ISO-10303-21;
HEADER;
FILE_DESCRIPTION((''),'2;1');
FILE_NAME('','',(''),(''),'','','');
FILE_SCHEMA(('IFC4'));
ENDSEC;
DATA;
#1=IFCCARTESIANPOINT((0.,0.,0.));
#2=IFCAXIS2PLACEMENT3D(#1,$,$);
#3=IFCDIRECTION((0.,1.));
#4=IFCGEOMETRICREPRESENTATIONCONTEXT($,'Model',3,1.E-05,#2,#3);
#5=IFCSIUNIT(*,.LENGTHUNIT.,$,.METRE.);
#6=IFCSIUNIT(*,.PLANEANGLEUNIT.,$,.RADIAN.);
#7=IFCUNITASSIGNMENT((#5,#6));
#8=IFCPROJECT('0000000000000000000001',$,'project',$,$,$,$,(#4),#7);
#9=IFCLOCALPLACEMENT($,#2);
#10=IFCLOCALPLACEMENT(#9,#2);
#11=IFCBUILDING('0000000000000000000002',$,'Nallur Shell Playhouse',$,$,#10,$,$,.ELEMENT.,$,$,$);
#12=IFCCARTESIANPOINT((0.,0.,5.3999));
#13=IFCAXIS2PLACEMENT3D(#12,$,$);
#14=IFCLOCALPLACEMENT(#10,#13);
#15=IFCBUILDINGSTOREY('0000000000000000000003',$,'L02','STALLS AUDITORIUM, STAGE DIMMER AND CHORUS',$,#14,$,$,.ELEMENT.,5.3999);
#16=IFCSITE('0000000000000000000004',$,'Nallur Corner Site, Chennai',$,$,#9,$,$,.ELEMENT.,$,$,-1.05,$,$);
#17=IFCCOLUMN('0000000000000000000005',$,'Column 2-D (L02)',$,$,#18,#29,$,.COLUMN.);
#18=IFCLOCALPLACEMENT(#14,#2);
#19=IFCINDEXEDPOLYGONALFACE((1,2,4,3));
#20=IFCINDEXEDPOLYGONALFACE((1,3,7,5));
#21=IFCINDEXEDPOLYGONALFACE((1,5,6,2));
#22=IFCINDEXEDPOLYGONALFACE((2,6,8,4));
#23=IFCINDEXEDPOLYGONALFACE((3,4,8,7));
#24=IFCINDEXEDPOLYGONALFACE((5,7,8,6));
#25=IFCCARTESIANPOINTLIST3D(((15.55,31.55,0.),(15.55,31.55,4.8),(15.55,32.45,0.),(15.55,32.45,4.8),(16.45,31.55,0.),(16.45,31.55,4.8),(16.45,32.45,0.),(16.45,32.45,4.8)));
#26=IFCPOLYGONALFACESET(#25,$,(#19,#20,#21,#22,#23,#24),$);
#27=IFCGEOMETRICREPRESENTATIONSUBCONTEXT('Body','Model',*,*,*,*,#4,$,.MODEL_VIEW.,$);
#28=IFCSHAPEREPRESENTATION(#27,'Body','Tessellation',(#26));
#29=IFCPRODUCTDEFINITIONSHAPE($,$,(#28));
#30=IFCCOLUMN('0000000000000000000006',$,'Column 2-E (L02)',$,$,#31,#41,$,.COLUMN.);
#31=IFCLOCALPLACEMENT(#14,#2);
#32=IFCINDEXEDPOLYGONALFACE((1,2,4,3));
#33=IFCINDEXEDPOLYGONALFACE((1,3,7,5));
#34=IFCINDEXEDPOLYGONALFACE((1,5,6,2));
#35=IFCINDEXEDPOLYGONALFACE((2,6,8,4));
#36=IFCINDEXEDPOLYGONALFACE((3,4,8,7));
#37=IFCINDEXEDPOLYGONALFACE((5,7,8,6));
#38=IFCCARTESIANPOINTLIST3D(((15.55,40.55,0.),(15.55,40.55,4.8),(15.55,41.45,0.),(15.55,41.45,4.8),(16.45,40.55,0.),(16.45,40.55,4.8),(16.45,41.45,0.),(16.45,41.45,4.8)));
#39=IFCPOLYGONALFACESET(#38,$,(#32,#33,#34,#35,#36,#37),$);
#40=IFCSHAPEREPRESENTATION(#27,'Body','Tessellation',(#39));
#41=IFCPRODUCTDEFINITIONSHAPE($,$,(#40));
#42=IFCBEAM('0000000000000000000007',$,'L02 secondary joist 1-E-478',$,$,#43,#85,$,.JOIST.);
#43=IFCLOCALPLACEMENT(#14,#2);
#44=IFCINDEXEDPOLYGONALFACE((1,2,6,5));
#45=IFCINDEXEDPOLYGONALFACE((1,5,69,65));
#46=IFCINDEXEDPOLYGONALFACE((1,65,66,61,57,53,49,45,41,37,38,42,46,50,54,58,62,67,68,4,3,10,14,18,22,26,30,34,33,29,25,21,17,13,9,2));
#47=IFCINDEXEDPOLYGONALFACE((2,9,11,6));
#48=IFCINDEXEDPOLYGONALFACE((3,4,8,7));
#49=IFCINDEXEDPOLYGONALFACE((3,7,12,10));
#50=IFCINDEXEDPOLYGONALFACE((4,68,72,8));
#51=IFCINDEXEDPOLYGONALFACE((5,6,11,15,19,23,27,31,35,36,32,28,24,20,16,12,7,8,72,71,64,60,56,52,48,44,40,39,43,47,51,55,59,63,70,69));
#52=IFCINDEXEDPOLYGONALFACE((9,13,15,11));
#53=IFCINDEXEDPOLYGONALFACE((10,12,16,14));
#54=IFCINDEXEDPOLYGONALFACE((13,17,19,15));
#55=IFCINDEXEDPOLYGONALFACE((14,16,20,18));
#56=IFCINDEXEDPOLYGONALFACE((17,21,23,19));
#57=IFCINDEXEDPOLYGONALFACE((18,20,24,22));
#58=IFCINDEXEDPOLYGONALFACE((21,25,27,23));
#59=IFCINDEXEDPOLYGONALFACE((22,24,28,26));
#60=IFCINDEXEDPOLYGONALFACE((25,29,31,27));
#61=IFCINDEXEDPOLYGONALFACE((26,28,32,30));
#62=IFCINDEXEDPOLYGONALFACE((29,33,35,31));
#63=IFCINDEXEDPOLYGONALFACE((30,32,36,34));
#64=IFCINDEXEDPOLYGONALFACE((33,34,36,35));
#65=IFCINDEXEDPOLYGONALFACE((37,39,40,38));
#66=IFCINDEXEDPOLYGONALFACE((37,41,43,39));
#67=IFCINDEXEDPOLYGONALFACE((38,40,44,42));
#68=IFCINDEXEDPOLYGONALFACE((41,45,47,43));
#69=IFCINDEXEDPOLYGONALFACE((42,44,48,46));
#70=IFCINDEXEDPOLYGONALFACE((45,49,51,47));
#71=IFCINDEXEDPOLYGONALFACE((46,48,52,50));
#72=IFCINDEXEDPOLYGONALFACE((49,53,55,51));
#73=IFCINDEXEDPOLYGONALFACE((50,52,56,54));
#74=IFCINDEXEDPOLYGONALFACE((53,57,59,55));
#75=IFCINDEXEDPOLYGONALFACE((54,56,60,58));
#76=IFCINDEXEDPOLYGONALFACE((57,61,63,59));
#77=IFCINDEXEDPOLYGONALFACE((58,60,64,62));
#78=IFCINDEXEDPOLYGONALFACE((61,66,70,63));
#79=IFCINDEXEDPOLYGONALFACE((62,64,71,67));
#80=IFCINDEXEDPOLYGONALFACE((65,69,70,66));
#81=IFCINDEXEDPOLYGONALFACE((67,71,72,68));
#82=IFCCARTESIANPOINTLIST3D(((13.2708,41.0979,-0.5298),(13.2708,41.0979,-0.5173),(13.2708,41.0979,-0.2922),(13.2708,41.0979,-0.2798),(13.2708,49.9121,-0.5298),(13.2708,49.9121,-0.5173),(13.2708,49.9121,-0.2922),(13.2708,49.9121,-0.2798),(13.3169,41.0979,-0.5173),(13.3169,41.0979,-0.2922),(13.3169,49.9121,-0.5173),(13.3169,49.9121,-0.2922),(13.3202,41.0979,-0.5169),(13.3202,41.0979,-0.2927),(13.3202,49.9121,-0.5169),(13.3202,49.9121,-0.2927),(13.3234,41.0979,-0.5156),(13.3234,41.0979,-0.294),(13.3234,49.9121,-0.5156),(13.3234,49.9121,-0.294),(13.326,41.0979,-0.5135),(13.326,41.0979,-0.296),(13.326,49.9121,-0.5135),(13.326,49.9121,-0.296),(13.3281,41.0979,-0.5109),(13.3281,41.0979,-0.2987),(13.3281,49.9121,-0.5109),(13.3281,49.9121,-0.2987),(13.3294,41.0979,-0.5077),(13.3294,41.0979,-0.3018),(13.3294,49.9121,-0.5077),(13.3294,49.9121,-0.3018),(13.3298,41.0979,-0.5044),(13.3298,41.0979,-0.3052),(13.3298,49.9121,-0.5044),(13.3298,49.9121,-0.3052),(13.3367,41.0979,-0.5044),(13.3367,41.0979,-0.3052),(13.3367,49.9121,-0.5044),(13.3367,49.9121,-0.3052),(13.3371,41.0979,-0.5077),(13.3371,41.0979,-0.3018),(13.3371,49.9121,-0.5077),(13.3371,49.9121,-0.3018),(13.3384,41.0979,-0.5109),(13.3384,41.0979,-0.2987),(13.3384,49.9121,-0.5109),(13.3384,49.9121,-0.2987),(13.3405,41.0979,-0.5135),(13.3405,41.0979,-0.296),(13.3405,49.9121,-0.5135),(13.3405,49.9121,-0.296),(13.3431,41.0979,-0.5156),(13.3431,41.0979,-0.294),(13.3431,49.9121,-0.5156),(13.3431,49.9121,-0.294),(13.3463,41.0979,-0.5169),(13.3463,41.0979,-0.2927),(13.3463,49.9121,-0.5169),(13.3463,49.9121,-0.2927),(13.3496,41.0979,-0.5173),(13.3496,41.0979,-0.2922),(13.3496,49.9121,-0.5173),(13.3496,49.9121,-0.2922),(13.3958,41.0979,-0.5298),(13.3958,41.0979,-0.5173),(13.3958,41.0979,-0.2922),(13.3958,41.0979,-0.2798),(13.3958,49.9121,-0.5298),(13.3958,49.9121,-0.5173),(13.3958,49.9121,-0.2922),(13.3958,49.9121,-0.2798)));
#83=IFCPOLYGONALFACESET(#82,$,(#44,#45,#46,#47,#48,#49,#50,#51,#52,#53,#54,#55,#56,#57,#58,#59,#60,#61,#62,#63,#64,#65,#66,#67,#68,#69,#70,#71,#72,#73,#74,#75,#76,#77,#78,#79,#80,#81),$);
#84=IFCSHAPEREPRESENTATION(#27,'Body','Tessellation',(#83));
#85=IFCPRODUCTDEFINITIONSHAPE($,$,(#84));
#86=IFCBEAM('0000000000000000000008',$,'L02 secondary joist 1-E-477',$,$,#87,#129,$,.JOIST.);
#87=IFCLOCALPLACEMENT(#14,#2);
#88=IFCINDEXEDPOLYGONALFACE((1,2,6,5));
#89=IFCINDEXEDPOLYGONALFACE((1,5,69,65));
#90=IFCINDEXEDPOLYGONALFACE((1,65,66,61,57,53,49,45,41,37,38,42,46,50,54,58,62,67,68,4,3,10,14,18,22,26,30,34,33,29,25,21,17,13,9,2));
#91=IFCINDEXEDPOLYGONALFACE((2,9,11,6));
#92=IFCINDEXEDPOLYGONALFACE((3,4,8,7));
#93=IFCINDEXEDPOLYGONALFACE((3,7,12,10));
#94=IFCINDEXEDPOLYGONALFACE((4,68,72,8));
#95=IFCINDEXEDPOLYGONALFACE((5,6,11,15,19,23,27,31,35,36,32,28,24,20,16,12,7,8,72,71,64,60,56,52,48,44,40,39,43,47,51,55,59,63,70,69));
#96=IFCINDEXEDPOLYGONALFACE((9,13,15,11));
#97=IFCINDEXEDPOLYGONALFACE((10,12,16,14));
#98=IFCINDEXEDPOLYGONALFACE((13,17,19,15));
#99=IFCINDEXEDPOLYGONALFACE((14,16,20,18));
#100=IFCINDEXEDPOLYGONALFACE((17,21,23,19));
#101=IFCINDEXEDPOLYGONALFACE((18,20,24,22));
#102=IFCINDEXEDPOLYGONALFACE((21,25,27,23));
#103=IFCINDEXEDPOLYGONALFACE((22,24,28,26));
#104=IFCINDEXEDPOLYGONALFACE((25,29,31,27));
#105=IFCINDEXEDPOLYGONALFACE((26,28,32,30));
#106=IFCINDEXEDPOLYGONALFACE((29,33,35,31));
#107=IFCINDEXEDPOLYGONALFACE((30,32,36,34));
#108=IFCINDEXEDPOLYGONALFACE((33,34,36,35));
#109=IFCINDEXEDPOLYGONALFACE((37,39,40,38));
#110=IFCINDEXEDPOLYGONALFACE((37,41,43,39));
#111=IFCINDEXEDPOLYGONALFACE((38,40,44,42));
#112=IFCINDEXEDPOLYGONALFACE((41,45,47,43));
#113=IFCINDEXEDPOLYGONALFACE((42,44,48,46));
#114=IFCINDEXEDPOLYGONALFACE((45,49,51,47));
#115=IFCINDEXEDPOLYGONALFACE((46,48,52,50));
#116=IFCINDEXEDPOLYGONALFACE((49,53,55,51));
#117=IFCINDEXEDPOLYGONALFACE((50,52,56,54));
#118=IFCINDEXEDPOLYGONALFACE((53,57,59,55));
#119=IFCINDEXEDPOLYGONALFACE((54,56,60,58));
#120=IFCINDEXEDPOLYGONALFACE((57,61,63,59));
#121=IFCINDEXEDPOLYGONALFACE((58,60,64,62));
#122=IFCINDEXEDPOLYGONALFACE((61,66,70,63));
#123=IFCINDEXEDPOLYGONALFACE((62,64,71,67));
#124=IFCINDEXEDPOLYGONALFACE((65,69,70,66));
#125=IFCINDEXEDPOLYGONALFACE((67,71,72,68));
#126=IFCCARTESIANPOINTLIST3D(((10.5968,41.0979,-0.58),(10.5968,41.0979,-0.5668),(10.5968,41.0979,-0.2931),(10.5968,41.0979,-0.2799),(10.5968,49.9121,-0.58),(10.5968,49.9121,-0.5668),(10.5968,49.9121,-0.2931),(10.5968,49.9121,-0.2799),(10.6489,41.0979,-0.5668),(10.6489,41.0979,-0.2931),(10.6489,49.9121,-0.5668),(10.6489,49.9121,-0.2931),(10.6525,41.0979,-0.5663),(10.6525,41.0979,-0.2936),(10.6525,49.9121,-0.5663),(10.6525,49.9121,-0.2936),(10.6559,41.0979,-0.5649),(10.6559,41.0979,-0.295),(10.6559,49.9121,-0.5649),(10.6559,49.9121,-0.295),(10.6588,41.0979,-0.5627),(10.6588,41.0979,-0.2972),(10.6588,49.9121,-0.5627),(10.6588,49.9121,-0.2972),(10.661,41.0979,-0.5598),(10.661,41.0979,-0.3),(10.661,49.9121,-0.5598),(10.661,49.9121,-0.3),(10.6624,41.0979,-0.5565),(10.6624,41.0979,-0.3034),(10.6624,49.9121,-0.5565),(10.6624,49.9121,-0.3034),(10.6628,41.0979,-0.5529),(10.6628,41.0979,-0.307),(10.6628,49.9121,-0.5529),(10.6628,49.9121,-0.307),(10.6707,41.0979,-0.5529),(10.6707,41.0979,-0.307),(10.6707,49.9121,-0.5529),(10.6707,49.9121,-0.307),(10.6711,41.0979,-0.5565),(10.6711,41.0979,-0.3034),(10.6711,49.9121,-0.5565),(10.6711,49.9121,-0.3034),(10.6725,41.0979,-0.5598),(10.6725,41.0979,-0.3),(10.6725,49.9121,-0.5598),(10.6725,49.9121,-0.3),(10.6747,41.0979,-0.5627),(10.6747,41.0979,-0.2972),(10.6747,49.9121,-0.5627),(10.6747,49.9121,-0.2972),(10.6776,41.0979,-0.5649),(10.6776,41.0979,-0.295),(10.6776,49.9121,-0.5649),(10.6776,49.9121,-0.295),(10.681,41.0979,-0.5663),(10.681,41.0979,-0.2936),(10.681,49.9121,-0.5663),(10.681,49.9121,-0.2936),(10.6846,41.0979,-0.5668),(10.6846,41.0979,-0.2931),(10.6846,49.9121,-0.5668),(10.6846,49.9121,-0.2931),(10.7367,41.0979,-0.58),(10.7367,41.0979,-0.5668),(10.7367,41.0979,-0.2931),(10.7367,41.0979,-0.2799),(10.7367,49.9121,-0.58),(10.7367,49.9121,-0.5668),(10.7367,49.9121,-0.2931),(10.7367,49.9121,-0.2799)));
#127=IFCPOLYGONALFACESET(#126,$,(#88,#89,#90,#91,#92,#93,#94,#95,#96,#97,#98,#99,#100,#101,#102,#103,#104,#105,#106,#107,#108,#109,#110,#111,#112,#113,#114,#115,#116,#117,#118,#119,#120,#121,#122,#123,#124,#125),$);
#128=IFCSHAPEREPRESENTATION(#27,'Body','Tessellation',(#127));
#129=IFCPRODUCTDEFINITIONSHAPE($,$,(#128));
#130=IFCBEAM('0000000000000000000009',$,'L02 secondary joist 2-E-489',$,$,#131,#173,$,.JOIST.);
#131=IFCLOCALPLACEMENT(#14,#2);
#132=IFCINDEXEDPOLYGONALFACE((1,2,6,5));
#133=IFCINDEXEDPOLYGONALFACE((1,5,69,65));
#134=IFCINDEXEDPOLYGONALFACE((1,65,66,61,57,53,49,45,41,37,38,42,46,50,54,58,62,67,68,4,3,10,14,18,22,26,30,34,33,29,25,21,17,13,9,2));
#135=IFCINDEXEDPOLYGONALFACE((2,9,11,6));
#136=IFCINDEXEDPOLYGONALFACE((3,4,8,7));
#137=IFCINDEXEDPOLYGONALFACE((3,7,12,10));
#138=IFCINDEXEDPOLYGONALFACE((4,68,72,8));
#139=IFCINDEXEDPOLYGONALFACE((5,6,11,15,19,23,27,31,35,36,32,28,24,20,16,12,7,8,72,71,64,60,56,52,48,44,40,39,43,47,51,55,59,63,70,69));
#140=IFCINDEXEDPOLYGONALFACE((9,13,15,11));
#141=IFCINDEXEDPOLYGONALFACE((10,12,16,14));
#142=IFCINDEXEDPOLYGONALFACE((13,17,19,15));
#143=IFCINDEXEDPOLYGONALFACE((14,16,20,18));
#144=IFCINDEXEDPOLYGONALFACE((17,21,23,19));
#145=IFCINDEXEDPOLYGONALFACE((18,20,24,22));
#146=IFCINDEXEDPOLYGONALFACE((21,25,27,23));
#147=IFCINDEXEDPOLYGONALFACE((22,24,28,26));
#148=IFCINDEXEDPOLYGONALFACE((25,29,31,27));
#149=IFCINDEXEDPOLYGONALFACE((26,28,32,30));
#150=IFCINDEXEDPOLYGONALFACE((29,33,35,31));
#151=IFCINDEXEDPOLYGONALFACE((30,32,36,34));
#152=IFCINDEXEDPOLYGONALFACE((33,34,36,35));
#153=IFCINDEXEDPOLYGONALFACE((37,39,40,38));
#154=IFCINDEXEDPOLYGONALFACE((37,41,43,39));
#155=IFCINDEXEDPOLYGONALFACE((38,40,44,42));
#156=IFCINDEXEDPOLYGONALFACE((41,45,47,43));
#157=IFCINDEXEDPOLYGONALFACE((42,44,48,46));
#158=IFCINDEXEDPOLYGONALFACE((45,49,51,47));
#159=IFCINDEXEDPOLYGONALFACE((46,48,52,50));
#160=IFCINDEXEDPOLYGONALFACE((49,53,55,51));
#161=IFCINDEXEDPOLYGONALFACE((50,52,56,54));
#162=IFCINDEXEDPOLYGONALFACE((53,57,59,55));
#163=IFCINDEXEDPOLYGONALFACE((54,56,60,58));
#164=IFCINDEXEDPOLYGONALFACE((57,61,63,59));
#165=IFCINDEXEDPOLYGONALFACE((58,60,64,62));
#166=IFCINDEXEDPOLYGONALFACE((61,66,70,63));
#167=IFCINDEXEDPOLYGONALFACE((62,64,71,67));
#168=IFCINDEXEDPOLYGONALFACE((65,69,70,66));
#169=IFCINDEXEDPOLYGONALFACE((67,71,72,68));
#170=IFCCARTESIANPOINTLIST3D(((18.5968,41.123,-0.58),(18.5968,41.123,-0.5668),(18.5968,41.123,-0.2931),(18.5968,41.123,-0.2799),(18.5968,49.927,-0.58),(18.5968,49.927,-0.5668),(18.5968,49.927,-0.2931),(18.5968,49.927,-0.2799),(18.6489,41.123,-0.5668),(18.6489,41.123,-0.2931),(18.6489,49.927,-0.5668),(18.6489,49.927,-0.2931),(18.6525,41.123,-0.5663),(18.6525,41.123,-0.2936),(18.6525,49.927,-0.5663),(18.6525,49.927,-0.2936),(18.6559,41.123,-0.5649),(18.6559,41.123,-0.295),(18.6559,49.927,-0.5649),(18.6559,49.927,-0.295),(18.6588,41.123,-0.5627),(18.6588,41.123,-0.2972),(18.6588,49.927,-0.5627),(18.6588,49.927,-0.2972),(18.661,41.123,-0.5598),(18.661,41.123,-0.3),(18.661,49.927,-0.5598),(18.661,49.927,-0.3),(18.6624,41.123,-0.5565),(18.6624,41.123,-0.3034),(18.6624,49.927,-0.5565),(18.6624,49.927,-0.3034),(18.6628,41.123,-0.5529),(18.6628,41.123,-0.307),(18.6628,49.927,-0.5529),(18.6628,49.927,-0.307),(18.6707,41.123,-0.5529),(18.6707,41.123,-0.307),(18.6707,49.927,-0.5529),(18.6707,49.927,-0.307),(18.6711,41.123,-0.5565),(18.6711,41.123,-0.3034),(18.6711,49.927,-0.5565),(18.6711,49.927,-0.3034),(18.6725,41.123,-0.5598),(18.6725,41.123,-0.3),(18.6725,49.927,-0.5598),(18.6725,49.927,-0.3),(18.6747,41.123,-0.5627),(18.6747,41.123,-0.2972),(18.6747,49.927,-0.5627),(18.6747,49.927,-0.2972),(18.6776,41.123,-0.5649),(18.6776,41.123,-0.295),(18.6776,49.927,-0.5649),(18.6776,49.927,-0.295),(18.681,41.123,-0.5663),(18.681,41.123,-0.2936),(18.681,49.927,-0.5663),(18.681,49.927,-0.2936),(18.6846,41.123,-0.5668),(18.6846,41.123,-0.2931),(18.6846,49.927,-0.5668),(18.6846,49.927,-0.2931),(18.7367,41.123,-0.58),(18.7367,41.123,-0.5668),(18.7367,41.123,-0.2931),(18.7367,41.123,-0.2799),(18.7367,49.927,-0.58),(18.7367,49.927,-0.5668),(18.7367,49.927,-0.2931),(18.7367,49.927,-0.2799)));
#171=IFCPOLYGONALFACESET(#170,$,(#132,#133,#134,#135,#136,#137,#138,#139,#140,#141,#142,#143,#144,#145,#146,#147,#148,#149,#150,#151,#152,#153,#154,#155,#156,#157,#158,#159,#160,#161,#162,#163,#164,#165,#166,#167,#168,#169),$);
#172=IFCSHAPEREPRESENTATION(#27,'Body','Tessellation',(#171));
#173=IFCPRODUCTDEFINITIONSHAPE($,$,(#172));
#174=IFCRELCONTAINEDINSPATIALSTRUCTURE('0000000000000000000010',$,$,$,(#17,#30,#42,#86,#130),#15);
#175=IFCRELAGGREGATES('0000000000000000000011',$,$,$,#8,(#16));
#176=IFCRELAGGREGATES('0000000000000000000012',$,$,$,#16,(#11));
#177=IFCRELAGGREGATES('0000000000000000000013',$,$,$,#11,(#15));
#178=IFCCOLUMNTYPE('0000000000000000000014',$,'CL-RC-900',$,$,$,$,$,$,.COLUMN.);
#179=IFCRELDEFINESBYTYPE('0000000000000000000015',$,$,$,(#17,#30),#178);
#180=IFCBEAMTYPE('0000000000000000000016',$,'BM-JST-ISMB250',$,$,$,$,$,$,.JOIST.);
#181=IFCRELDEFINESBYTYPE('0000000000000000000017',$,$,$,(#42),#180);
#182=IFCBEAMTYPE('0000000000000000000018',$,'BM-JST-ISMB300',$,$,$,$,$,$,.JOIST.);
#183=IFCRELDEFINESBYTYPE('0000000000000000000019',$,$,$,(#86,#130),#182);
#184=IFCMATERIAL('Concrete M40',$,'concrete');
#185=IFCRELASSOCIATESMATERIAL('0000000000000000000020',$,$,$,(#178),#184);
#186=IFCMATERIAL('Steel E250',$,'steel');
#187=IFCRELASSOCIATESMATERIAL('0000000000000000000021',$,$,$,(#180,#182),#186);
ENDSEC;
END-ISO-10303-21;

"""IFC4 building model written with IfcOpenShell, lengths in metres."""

from ifc_helpers import new_model, si_unit, direction, frame, origin, origin_2d, place, context, subcontext, project, spatial, rectangle, i_section, extrude, material, material_profile, profile_set, type_object, element, save


model = new_model("IFC4")

# Units and contexts
model_context = context("Model", 3, precision=1e-05, world=origin(), true_north=direction((0.0, 1.0)))
body_context = subcontext(model_context, "Body", "Model", "MODEL_VIEW")
ifc_project = project(units=[si_unit("LENGTHUNIT", "METRE"), si_unit("PLANEANGLEUNIT", "RADIAN")], contexts=[model_context])

# Site, building, storey
site_placement = place(None, origin())
site = spatial("IfcSite", under=ifc_project, at=site_placement, Name="Nallur Corner Site, Chennai", CompositionType="ELEMENT", RefElevation=-1.05)
building_placement = place(site_placement, origin())
building = spatial("IfcBuilding", under=site, at=building_placement, Name="Nallur Shell Playhouse", CompositionType="ELEMENT")
storey_placement = place(building_placement, frame((0.0, 0.0, 5.3999)))
storey = spatial("IfcBuildingStorey", under=building, at=storey_placement, Name="L02", Description="STALLS AUDITORIUM, STAGE DIMMER AND CHORUS", CompositionType="ELEMENT", Elevation=5.3999)

# Columns
ifc_material_1 = material(Name="Concrete M40", Category="concrete")
ifc_material_profile_1 = material_profile(ifc_material_1, rectangle(XDim=0.8999, YDim=0.8999, at=origin_2d()), Name="RC 900x900")
ifc_profile_set_1 = profile_set([ifc_material_profile_1], Name="Concrete M40")
column_type = type_object("IfcColumnType", Name="CL-RC-900", PredefinedType="COLUMN", material=ifc_profile_set_1)
for number, where, z_axis, x_axis, name in (
    (1, (16.0, 32.0, 0.0), (0.0, 0.0, 1.0), (1.0, 0.0, 0.0), "Column 2-D (L02)"),
    (2, (16.0, 41.0, 0.0), (0.0, 0.0, 1.0), (1.0, 0.0, 0.0), "Column 2-E (L02)"),
):
    element("IfcColumn", number, at=place(storey_placement, frame(where, z_axis=z_axis, x_axis=x_axis)), inside=storey, type_object=column_type, Name=name, PredefinedType="COLUMN", context=body_context, shape_type="SweptSolid", body=[
        extrude(rectangle(XDim=0.8999, YDim=0.8999, at=origin_2d()), origin(), (0.0, 0.0, 1.0), 4.8),
    ])

# Beams
ifc_material_2 = material(Name="Steel E250", Category="steel")
ifc_material_profile_2 = material_profile(ifc_material_2, i_section(OverallWidth=0.125, OverallDepth=0.25, WebThickness=0.0068, FlangeThickness=0.0125, FilletRadius=0.0129, at=origin_2d()), Name="ISMB 250")
ifc_profile_set_2 = profile_set([ifc_material_profile_2], Name="Steel E250")
beam_type_1 = type_object("IfcBeamType", Name="BM-JST-ISMB250", PredefinedType="JOIST", material=ifc_profile_set_2)
beam_1_placement = place(storey_placement, frame((13.3333, 41.0979, -0.4048), z_axis=(0.0, 1.0, 0.0), x_axis=(-1.0, 0.0, 0.0)))
element("IfcBeam", 3, at=beam_1_placement, inside=storey, type_object=beam_type_1, Name="L02 secondary joist 1-E-478", PredefinedType="JOIST", context=body_context, shape_type="SweptSolid", body=[
    extrude(i_section(OverallWidth=0.125, OverallDepth=0.25, WebThickness=0.0068, FlangeThickness=0.0125, FilletRadius=0.0129, at=origin_2d()), origin(), (0.0, 0.0, 1.0), 8.8142),
])
ifc_material_profile_3 = material_profile(ifc_material_2, i_section(OverallWidth=0.1399, OverallDepth=0.3, WebThickness=0.0078, FlangeThickness=0.0132, FilletRadius=0.0139, at=origin_2d()), Name="ISMB 300")
ifc_profile_set_3 = profile_set([ifc_material_profile_3], Name="Steel E250")
beam_type_2 = type_object("IfcBeamType", Name="BM-JST-ISMB300", PredefinedType="JOIST", material=ifc_profile_set_3)
beam_2_placement = place(storey_placement, frame((10.6667, 41.0979, -0.4299), z_axis=(0.0, 1.0, 0.0), x_axis=(-1.0, 0.0, 0.0)))
element("IfcBeam", 4, at=beam_2_placement, inside=storey, type_object=beam_type_2, Name="L02 secondary joist 1-E-477", PredefinedType="JOIST", context=body_context, shape_type="SweptSolid", body=[
    extrude(i_section(OverallWidth=0.1399, OverallDepth=0.3, WebThickness=0.0078, FlangeThickness=0.0132, FilletRadius=0.0139, at=origin_2d()), origin(), (0.0, 0.0, 1.0), 8.8142),
])
beam_3_placement = place(storey_placement, frame((18.6667, 41.123, -0.4299), z_axis=(0.0, 1.0, 0.0), x_axis=(-1.0, 0.0, 0.0)))
element("IfcBeam", 5, at=beam_3_placement, inside=storey, type_object=beam_type_2, Name="L02 secondary joist 2-E-489", PredefinedType="JOIST", context=body_context, shape_type="SweptSolid", body=[
    extrude(i_section(OverallWidth=0.1399, OverallDepth=0.3, WebThickness=0.0078, FlangeThickness=0.0132, FilletRadius=0.0139, at=origin_2d()), origin(), (0.0, 0.0, 1.0), 8.804),
])

save(model, "model.ifc")
